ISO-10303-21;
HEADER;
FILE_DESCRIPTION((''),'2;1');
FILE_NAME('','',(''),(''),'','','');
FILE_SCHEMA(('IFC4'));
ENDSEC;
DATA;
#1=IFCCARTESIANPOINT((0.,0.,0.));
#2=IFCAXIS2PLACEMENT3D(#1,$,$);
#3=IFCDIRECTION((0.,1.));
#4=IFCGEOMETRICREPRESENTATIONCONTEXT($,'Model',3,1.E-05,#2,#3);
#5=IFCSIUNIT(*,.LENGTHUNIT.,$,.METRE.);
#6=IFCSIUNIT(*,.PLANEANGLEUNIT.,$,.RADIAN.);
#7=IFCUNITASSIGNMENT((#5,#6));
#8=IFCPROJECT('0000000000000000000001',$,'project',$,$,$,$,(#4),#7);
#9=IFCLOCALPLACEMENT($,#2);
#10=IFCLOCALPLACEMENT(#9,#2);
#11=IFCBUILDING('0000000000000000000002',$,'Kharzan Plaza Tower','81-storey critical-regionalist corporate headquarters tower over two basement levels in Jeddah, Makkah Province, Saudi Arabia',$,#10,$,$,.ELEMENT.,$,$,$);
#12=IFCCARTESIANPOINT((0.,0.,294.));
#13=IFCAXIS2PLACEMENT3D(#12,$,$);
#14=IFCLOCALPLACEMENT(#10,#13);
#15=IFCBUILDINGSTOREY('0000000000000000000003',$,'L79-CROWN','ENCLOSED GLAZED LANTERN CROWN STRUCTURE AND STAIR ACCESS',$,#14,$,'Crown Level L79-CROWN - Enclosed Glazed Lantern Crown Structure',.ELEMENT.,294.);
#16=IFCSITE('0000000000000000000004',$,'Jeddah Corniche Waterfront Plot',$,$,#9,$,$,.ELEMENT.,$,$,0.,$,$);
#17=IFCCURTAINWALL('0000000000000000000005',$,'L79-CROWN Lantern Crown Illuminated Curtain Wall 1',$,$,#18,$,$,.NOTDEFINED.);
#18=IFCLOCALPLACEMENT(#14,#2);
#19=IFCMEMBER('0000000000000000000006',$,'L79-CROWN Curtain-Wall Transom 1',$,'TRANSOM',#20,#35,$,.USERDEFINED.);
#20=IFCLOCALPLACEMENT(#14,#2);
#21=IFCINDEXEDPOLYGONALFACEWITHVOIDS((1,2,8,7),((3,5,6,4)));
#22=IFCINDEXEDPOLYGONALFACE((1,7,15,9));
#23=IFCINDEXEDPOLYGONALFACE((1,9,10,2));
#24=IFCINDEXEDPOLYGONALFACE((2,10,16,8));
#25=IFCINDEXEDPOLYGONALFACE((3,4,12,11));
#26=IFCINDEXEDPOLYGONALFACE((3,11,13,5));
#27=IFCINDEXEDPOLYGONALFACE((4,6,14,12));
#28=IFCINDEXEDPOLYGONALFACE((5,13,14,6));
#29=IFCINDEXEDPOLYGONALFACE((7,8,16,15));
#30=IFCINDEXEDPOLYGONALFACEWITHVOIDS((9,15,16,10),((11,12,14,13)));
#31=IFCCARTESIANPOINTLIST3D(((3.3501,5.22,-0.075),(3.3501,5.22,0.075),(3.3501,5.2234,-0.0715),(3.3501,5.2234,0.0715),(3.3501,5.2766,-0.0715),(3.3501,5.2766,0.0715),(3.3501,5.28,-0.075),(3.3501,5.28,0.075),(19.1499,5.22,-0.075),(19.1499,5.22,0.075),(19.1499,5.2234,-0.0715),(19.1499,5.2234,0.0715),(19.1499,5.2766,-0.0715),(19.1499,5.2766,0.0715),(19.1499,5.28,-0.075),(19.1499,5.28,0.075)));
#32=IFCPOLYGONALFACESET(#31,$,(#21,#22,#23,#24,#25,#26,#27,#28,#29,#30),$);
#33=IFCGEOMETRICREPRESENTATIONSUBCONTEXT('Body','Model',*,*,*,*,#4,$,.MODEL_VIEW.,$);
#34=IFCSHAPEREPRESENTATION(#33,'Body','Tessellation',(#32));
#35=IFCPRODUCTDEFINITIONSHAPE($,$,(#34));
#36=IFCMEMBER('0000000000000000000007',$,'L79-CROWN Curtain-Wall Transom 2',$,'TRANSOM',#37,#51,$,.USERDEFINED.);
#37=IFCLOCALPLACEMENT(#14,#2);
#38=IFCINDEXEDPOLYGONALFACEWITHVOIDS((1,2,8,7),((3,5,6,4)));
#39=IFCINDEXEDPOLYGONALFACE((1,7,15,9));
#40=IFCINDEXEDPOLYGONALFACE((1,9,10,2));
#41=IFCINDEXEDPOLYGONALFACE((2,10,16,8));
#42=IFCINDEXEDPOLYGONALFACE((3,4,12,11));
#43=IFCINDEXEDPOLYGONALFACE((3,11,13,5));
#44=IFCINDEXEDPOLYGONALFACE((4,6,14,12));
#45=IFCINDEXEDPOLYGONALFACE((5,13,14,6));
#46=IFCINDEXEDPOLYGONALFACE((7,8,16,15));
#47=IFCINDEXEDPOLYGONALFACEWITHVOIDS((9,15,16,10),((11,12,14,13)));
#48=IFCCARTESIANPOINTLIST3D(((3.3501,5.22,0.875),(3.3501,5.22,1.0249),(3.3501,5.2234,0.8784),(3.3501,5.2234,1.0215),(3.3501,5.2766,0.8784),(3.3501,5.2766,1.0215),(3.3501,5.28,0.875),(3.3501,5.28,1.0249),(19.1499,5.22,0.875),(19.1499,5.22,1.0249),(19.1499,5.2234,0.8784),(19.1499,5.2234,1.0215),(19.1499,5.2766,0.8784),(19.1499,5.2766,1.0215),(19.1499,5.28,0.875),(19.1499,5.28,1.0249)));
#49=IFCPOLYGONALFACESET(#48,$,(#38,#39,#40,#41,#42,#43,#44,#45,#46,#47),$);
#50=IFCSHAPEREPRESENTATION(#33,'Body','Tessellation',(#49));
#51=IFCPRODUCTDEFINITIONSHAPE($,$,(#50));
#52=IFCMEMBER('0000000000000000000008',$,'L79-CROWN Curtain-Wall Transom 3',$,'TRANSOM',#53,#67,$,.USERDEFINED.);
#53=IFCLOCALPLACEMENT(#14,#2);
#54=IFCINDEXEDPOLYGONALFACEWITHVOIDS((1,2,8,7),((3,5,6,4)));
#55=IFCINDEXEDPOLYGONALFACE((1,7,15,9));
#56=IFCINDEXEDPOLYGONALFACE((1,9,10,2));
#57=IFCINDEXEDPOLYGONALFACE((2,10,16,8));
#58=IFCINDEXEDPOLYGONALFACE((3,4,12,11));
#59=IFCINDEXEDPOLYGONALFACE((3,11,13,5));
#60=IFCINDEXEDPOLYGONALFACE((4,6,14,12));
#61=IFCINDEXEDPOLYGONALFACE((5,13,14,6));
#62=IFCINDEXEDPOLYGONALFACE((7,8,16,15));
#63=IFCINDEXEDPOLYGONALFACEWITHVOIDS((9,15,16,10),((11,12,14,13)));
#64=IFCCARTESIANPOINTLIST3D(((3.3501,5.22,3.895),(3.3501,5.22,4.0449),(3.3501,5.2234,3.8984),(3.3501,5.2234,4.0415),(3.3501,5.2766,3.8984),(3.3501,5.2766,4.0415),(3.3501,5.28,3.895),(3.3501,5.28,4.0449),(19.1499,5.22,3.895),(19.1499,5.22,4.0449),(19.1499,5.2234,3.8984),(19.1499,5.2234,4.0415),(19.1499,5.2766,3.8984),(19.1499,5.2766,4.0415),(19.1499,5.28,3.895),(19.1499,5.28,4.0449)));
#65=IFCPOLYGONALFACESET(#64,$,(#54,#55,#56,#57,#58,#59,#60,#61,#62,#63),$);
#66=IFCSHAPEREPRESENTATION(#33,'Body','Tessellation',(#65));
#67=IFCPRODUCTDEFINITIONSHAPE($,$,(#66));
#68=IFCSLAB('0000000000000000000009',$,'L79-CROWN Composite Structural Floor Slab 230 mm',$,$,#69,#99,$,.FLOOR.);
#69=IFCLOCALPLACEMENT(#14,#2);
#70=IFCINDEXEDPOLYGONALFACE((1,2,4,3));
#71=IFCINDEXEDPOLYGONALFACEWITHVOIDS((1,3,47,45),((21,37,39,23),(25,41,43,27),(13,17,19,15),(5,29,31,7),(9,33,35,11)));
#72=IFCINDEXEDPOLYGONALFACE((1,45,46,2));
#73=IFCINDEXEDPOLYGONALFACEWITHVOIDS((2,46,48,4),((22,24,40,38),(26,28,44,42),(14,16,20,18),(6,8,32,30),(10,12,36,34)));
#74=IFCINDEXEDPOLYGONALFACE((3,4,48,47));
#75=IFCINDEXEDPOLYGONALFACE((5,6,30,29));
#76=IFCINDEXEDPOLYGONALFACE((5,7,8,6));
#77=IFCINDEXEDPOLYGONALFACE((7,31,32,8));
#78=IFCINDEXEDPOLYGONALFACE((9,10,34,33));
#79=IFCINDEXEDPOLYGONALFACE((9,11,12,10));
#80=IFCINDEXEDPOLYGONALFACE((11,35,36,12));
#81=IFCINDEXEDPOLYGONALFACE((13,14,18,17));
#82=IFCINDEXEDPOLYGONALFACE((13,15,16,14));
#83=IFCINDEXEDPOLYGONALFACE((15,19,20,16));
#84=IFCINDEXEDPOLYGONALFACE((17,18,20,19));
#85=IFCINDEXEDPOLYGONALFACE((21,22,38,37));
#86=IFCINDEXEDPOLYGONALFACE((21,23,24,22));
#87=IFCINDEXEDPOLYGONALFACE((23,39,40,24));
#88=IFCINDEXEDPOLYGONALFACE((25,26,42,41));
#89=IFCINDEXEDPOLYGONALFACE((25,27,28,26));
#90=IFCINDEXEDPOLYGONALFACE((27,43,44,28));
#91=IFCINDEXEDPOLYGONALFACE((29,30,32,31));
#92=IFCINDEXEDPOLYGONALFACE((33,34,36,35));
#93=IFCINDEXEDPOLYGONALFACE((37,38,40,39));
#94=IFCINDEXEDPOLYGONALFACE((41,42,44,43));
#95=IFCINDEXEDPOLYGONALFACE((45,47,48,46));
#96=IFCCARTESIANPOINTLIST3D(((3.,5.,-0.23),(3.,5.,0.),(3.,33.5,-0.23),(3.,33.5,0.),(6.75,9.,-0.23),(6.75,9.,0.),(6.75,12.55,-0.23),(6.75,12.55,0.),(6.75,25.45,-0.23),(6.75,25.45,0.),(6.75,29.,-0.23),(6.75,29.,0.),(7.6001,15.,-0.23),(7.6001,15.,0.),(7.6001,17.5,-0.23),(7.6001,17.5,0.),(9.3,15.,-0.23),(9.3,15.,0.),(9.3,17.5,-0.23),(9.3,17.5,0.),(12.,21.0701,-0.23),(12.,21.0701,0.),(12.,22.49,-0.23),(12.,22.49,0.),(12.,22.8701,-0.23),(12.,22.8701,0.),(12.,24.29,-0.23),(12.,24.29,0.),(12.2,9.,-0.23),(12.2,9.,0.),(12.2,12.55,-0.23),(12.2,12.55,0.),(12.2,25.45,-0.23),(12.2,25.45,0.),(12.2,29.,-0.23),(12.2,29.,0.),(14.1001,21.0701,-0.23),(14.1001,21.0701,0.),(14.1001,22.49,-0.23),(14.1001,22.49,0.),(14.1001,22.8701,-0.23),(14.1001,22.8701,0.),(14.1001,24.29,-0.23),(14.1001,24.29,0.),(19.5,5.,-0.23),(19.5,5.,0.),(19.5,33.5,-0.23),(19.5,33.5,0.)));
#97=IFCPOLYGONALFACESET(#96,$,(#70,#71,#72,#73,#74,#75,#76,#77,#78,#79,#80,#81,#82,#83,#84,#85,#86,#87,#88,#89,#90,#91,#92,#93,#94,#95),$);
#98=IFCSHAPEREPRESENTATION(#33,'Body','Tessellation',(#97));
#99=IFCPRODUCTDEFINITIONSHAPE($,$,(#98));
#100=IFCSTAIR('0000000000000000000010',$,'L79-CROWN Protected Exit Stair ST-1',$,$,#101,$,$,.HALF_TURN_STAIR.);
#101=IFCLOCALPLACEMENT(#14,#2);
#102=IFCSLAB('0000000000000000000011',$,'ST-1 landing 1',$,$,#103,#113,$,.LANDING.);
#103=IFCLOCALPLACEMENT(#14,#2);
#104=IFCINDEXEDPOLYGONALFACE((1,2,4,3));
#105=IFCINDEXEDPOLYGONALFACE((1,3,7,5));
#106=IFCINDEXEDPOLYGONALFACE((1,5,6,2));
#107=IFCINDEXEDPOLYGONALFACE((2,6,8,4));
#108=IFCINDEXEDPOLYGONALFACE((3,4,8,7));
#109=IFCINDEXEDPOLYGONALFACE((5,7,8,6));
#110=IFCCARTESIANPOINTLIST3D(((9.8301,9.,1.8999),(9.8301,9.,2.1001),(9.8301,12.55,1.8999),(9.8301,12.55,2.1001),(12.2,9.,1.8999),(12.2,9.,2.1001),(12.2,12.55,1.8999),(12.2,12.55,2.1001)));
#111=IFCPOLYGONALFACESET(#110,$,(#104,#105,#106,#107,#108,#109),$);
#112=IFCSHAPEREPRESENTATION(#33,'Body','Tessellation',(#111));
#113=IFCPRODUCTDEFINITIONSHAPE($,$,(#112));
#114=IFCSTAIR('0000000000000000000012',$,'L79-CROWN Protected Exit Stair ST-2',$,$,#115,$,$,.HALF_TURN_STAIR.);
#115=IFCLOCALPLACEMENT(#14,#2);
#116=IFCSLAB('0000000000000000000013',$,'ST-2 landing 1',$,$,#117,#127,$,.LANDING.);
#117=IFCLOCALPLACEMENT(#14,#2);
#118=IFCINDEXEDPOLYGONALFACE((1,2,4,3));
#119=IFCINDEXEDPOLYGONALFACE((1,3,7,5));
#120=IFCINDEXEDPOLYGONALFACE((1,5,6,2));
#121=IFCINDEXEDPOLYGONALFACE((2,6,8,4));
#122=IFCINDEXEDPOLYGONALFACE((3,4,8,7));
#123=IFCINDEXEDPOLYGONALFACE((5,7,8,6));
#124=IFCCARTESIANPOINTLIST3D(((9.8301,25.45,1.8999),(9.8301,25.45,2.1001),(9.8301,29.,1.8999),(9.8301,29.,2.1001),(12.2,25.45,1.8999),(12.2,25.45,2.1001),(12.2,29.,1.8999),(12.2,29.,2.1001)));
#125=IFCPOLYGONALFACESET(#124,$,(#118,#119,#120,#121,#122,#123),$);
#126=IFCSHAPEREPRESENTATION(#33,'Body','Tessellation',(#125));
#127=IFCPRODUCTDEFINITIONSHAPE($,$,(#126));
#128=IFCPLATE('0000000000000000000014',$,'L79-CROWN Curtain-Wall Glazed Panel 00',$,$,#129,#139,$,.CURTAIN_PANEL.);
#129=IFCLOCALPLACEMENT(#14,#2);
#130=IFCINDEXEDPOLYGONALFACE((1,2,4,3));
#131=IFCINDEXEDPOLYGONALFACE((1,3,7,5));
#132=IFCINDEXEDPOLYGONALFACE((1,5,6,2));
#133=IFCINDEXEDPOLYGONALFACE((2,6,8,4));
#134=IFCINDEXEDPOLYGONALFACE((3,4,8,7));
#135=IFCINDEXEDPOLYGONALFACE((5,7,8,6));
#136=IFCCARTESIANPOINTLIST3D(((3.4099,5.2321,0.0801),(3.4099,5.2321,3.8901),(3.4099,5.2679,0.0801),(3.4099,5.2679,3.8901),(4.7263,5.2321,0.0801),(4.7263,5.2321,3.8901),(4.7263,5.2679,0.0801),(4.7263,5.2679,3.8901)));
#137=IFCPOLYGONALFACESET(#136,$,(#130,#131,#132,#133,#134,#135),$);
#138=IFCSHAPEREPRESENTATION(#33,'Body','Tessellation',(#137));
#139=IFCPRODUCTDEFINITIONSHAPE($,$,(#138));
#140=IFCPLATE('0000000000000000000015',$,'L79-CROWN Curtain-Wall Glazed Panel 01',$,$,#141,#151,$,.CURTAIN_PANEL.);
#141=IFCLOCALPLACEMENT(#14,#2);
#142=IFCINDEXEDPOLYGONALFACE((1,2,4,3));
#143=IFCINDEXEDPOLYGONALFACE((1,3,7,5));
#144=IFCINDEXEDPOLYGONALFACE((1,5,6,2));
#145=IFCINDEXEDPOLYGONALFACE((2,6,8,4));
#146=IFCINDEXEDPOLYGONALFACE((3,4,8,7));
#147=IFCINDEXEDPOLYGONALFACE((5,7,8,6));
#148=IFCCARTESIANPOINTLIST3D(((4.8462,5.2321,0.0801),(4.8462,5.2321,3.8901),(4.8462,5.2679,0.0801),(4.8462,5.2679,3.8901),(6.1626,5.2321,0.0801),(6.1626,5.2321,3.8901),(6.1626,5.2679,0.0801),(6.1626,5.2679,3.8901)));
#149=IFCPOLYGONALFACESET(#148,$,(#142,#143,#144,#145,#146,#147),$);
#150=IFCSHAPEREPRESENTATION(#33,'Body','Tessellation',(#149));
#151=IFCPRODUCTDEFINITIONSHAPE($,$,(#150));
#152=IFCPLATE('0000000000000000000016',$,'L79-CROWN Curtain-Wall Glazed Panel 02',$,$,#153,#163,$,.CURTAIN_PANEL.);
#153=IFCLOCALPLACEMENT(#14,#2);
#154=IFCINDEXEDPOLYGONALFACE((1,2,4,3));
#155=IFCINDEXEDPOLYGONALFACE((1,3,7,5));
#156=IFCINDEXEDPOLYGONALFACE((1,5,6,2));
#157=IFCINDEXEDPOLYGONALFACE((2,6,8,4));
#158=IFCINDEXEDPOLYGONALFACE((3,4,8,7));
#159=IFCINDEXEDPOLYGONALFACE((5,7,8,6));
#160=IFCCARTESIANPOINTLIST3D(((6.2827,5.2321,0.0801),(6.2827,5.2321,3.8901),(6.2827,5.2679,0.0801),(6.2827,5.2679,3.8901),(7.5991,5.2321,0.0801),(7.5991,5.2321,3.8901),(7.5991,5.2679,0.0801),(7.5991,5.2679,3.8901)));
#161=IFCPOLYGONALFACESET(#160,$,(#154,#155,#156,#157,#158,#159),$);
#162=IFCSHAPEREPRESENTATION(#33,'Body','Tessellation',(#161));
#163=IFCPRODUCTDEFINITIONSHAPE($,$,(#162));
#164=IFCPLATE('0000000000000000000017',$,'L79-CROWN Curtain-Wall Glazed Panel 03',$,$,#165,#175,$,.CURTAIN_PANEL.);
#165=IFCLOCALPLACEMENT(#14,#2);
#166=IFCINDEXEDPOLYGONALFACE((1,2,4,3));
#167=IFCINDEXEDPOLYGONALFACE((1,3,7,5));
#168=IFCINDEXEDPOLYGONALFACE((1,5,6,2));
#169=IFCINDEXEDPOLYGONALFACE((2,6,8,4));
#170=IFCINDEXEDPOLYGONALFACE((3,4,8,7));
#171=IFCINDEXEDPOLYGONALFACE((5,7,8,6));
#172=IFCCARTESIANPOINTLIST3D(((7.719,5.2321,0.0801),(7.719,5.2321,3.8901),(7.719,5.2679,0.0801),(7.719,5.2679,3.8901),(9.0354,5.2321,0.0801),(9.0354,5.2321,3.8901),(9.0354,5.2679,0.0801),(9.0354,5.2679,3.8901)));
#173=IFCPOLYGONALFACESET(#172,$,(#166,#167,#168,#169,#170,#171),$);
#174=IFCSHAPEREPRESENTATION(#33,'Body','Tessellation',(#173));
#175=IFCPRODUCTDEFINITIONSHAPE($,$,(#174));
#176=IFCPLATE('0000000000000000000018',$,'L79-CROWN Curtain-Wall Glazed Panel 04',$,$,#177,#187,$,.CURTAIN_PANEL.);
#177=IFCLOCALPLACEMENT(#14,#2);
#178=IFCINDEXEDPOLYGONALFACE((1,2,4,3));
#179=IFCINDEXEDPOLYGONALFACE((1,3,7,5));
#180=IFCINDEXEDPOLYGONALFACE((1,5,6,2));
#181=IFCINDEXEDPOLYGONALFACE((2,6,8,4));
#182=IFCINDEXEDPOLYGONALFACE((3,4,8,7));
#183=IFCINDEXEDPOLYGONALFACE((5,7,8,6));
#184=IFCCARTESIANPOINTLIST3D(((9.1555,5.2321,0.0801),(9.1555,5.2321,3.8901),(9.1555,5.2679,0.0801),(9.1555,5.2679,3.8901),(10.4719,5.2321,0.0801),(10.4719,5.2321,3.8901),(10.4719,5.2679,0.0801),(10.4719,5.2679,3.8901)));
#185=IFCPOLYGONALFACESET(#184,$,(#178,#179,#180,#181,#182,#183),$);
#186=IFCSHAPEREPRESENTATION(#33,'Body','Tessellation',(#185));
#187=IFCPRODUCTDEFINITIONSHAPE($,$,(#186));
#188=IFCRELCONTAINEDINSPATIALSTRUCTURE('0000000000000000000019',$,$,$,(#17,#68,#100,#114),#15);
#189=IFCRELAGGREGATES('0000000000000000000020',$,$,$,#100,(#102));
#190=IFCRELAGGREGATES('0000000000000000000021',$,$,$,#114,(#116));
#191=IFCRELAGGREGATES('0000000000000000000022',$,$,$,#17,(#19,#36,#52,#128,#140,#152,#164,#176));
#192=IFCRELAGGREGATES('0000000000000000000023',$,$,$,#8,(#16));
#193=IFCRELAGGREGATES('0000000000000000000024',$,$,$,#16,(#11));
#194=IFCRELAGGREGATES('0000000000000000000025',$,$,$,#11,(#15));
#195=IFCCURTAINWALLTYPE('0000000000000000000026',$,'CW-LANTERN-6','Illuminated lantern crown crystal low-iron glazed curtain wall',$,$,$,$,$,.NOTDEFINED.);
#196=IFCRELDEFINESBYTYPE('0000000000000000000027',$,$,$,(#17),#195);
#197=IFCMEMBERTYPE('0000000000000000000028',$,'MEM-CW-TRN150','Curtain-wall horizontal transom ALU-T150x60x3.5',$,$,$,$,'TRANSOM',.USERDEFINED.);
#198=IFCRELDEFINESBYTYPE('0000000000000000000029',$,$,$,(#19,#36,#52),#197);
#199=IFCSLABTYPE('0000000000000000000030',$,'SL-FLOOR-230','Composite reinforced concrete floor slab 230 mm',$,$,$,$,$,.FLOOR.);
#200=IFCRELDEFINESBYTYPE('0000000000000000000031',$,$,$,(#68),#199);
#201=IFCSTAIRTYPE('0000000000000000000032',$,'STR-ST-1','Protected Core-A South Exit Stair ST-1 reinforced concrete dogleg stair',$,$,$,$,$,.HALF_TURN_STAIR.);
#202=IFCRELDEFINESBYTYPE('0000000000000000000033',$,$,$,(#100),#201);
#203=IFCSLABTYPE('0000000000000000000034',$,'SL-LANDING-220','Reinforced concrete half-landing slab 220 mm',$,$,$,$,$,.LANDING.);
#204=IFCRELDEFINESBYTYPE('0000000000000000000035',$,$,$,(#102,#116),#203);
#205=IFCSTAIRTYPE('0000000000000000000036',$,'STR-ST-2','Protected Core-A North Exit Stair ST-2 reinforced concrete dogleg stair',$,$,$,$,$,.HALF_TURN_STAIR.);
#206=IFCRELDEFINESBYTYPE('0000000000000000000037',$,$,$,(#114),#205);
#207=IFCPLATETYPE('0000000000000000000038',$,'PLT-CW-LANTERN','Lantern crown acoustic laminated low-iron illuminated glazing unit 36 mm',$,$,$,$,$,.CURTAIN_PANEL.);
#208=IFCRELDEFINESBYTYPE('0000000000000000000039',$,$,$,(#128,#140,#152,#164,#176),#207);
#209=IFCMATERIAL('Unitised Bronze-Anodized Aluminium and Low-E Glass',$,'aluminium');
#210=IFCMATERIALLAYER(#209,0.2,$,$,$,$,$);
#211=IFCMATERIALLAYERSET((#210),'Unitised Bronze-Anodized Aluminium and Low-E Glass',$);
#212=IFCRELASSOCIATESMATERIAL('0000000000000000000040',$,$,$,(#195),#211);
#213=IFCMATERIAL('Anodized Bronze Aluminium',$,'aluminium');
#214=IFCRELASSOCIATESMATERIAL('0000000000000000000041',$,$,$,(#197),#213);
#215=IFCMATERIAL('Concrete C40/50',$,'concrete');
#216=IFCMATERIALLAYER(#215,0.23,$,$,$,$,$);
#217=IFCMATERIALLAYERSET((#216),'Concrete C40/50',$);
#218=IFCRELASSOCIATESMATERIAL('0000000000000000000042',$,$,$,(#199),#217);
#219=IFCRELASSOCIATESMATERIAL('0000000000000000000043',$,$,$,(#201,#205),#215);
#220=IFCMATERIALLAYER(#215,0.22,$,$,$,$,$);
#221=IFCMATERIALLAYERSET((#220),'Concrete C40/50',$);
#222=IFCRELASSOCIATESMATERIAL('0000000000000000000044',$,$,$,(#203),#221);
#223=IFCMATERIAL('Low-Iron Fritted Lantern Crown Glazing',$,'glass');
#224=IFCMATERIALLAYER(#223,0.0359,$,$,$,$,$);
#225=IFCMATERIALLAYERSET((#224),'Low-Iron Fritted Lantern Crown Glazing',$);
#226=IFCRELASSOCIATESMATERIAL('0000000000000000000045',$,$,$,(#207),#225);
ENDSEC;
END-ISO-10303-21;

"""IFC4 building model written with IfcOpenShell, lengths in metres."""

from ifc_helpers import new_model, si_unit, direction, frame, origin, origin_2d, place, context, subcontext, project, spatial, polyline, rectangle, hollow_rectangle, outline, extrude, source, transform, mapped, material, layer, layer_set, material_profile, profile_set, type_object, element, aggregate, save


model = new_model("IFC4")

# Units and contexts
model_context = context("Model", 3, precision=1e-05, world=origin(), true_north=direction((0.0, 1.0)))
body_context = subcontext(model_context, "Body", "Model", "MODEL_VIEW")
ifc_project = project(units=[si_unit("LENGTHUNIT", "METRE"), si_unit("PLANEANGLEUNIT", "RADIAN")], contexts=[model_context])

# Site, building, storey
site_placement = place(None, origin())
site = spatial("IfcSite", under=ifc_project, at=site_placement, Name="Jeddah Corniche Waterfront Plot", CompositionType="ELEMENT", RefElevation=0.0)
building_placement = place(site_placement, origin())
building = spatial("IfcBuilding", under=site, at=building_placement, Name="Kharzan Plaza Tower", Description="81-storey critical-regionalist corporate headquarters tower over two basement levels in Jeddah, Makkah Province, Saudi Arabia", CompositionType="ELEMENT")
storey_placement = place(building_placement, frame((0.0, 0.0, 294.0)))
storey = spatial("IfcBuildingStorey", under=building, at=storey_placement, Name="L79-CROWN", Description="ENCLOSED GLAZED LANTERN CROWN STRUCTURE AND STAIR ACCESS", LongName="Crown Level L79-CROWN - Enclosed Glazed Lantern Crown Structure", CompositionType="ELEMENT", Elevation=294.0)

# Curtain wall
ifc_material_1 = material(Name="Unitised Bronze-Anodized Aluminium and Low-E Glass", Category="aluminium")
ifc_layer_1 = layer(ifc_material_1, 0.2)
ifc_layer_set_1 = layer_set([ifc_layer_1], Name="Unitised Bronze-Anodized Aluminium and Low-E Glass")
curtain_wall_type = type_object("IfcCurtainWallType", Name="CW-LANTERN-6", Description="Illuminated lantern crown crystal low-iron glazed curtain wall", PredefinedType="NOTDEFINED", material=ifc_layer_set_1)
curtain_wall_1_placement = place(storey_placement, origin())
curtain_wall_1 = element("IfcCurtainWall", 1, at=curtain_wall_1_placement, inside=storey, type_object=curtain_wall_type, Name="L79-CROWN Lantern Crown Illuminated Curtain Wall 1", PredefinedType="NOTDEFINED")
ifc_material_2 = material(Name="Anodized Bronze Aluminium", Category="aluminium")

# Members
ifc_material_profile_1 = material_profile(ifc_material_2, hollow_rectangle(XDim=0.0601, YDim=0.1499, WallThickness=0.0034, at=origin_2d()), Name="ALU-T150x60x3.5")
ifc_profile_set_1 = profile_set([ifc_material_profile_1], Name="Anodized Bronze Aluminium")
member_type_1 = type_object("IfcMemberType", Name="MEM-CW-TRN150", Description="Curtain-wall horizontal transom ALU-T150x60x3.5", ElementType="TRANSOM", PredefinedType="USERDEFINED", material=ifc_profile_set_1)
shared_shape_1 = source(origin(), body_context, "Body", "SweptSolid", [
    extrude(hollow_rectangle(XDim=0.0601, YDim=0.1499, WallThickness=0.0034, at=origin_2d()), origin(), (0.0, 0.0, 1.0), 15.7998),
])
member_1_placement = place(storey_placement, frame((3.3501, 5.25, 0.0), z_axis=(1.0, 0.0, 0.0), x_axis=(0.0, 1.0, 0.0)))
member_1 = element("IfcMember", 2, at=member_1_placement, type_object=member_type_1, Name="L79-CROWN Curtain-Wall Transom 1", ObjectType="TRANSOM", PredefinedType="USERDEFINED", context=body_context, shape_type="MappedRepresentation", body=[
    mapped(shared_shape_1, transform((0.0, 0.0, 0.0), x_axis=(1.0, 0.0, 0.0), y_axis=(0.0, 1.0, 0.0), z_axis=(0.0, 0.0, 1.0))),
])
member_2_placement = place(storey_placement, frame((3.3501, 5.25, 0.95), z_axis=(1.0, 0.0, 0.0), x_axis=(0.0, 1.0, 0.0)))
member_2 = element("IfcMember", 3, at=member_2_placement, type_object=member_type_1, Name="L79-CROWN Curtain-Wall Transom 2", ObjectType="TRANSOM", PredefinedType="USERDEFINED", context=body_context, shape_type="MappedRepresentation", body=[
    mapped(shared_shape_1, transform((0.0, 0.0, 0.0), x_axis=(1.0, 0.0, 0.0), y_axis=(0.0, 1.0, 0.0), z_axis=(0.0, 0.0, 1.0))),
])
member_3_placement = place(storey_placement, frame((3.3501, 5.25, 3.97), z_axis=(1.0, 0.0, 0.0), x_axis=(0.0, 1.0, 0.0)))
member_3 = element("IfcMember", 4, at=member_3_placement, type_object=member_type_1, Name="L79-CROWN Curtain-Wall Transom 3", ObjectType="TRANSOM", PredefinedType="USERDEFINED", context=body_context, shape_type="MappedRepresentation", body=[
    mapped(shared_shape_1, transform((0.0, 0.0, 0.0), x_axis=(1.0, 0.0, 0.0), y_axis=(0.0, 1.0, 0.0), z_axis=(0.0, 0.0, 1.0))),
])

# Slab
ifc_material_3 = material(Name="Concrete C40/50", Category="concrete")
ifc_layer_2 = layer(ifc_material_3, 0.23)
ifc_layer_set_2 = layer_set([ifc_layer_2], Name="Concrete C40/50")
slab_type_1 = type_object("IfcSlabType", Name="SL-FLOOR-230", Description="Composite reinforced concrete floor slab 230 mm", PredefinedType="FLOOR", material=ifc_layer_set_2)
slab_1_placement = place(storey_placement, frame((0.0, 0.0, -0.23)))
element("IfcSlab", 5, at=slab_1_placement, inside=storey, type_object=slab_type_1, Name="L79-CROWN Composite Structural Floor Slab 230 mm", PredefinedType="FLOOR", context=body_context, shape_type="SweptSolid", body=[
    extrude(outline(polyline([(3.0, 5.0), (19.5, 5.0), (19.5, 33.5), (3.0, 33.5), (3.0, 5.0)]), holes=[polyline([(6.75, 12.55), (6.75, 9.0), (12.2, 9.0), (12.2, 12.55), (6.75, 12.55)]), polyline([(7.6001, 17.5), (7.6001, 15.0), (9.3, 15.0), (9.3, 17.5), (7.6001, 17.5)]), polyline([(12.0, 22.49), (12.0, 21.0701), (14.1001, 21.0701), (14.1001, 22.49), (12.0, 22.49)]), polyline([(14.1001, 24.29), (12.0, 24.29), (12.0, 22.8701), (14.1001, 22.8701), (14.1001, 24.29)]), polyline([(12.2, 29.0), (6.75, 29.0), (6.75, 25.45), (12.2, 25.45), (12.2, 29.0)])]), origin(), (0.0, 0.0, 1.0), 0.23),
])

# Stairs, slabs
stair_type_1 = type_object("IfcStairType", Name="STR-ST-1", Description="Protected Core-A South Exit Stair ST-1 reinforced concrete dogleg stair", PredefinedType="HALF_TURN_STAIR", material=ifc_material_3)
stair_1_placement = place(storey_placement, origin())
stair_1 = element("IfcStair", 6, at=stair_1_placement, inside=storey, type_object=stair_type_1, Name="L79-CROWN Protected Exit Stair ST-1", PredefinedType="HALF_TURN_STAIR")
ifc_layer_3 = layer(ifc_material_3, 0.22)
ifc_layer_set_3 = layer_set([ifc_layer_3], Name="Concrete C40/50")
slab_type_2 = type_object("IfcSlabType", Name="SL-LANDING-220", Description="Reinforced concrete half-landing slab 220 mm", PredefinedType="LANDING", material=ifc_layer_set_3)
slab_2_placement = place(storey_placement, frame((0.0, 0.0, 1.8999)))
slab_2 = element("IfcSlab", 7, at=slab_2_placement, type_object=slab_type_2, Name="ST-1 landing 1", PredefinedType="LANDING", context=body_context, shape_type="SweptSolid", body=[
    extrude(outline(polyline([(9.8301, 9.0), (12.2, 9.0), (12.2, 12.55), (9.8301, 12.55), (9.8301, 9.0)])), origin(), (0.0, 0.0, 1.0), 0.2002),
])
aggregate(stair_1, [slab_2])
stair_type_2 = type_object("IfcStairType", Name="STR-ST-2", Description="Protected Core-A North Exit Stair ST-2 reinforced concrete dogleg stair", PredefinedType="HALF_TURN_STAIR", material=ifc_material_3)
stair_2_placement = place(storey_placement, origin())
stair_2 = element("IfcStair", 8, at=stair_2_placement, inside=storey, type_object=stair_type_2, Name="L79-CROWN Protected Exit Stair ST-2", PredefinedType="HALF_TURN_STAIR")
slab_3_placement = place(storey_placement, frame((0.0, 0.0, 1.8999)))
slab_3 = element("IfcSlab", 9, at=slab_3_placement, type_object=slab_type_2, Name="ST-2 landing 1", PredefinedType="LANDING", context=body_context, shape_type="SweptSolid", body=[
    extrude(outline(polyline([(9.8301, 25.45), (12.2, 25.45), (12.2, 29.0), (9.8301, 29.0), (9.8301, 25.45)])), origin(), (0.0, 0.0, 1.0), 0.2002),
])
aggregate(stair_2, [slab_3])

# Plates
ifc_material_4 = material(Name="Low-Iron Fritted Lantern Crown Glazing", Category="glass")
ifc_layer_4 = layer(ifc_material_4, 0.0359)
ifc_layer_set_4 = layer_set([ifc_layer_4], Name="Low-Iron Fritted Lantern Crown Glazing")
plate_type = type_object("IfcPlateType", Name="PLT-CW-LANTERN", Description="Lantern crown acoustic laminated low-iron illuminated glazing unit 36 mm", PredefinedType="CURTAIN_PANEL", material=ifc_layer_set_4)
shared_shape_2 = source(origin(), body_context, "Body", "SweptSolid", [
    extrude(rectangle(XDim=1.3164, YDim=0.0359, at=origin_2d()), origin(), (0.0, 0.0, 1.0), 3.8101),
])
plate_1_placement = place(storey_placement, frame((4.0681, 5.25, 0.0801), z_axis=(0.0, 0.0, 1.0), x_axis=(1.0, 0.0, 0.0)))
plate_1 = element("IfcPlate", 10, at=plate_1_placement, type_object=plate_type, Name="L79-CROWN Curtain-Wall Glazed Panel 00", PredefinedType="CURTAIN_PANEL", context=body_context, shape_type="MappedRepresentation", body=[
    mapped(shared_shape_2, transform((0.0, 0.0, 0.0), x_axis=(1.0, 0.0, 0.0), y_axis=(0.0, 1.0, 0.0), z_axis=(0.0, 0.0, 1.0))),
])
plate_2_placement = place(storey_placement, frame((5.5044, 5.25, 0.0801), z_axis=(0.0, 0.0, 1.0), x_axis=(1.0, 0.0, 0.0)))
plate_2 = element("IfcPlate", 11, at=plate_2_placement, type_object=plate_type, Name="L79-CROWN Curtain-Wall Glazed Panel 01", PredefinedType="CURTAIN_PANEL", context=body_context, shape_type="MappedRepresentation", body=[
    mapped(shared_shape_2, transform((0.0, 0.0, 0.0), x_axis=(1.0, 0.0, 0.0), y_axis=(0.0, 1.0, 0.0), z_axis=(0.0, 0.0, 1.0))),
])
plate_3_placement = place(storey_placement, frame((6.9409, 5.25, 0.0801), z_axis=(0.0, 0.0, 1.0), x_axis=(1.0, 0.0, 0.0)))
plate_3 = element("IfcPlate", 12, at=plate_3_placement, type_object=plate_type, Name="L79-CROWN Curtain-Wall Glazed Panel 02", PredefinedType="CURTAIN_PANEL", context=body_context, shape_type="MappedRepresentation", body=[
    mapped(shared_shape_2, transform((0.0, 0.0, 0.0), x_axis=(1.0, 0.0, 0.0), y_axis=(0.0, 1.0, 0.0), z_axis=(0.0, 0.0, 1.0))),
])
plate_4_placement = place(storey_placement, frame((8.3772, 5.25, 0.0801), z_axis=(0.0, 0.0, 1.0), x_axis=(1.0, 0.0, 0.0)))
plate_4 = element("IfcPlate", 13, at=plate_4_placement, type_object=plate_type, Name="L79-CROWN Curtain-Wall Glazed Panel 03", PredefinedType="CURTAIN_PANEL", context=body_context, shape_type="MappedRepresentation", body=[
    mapped(shared_shape_2, transform((0.0, 0.0, 0.0), x_axis=(1.0, 0.0, 0.0), y_axis=(0.0, 1.0, 0.0), z_axis=(0.0, 0.0, 1.0))),
])
plate_5_placement = place(storey_placement, frame((9.8137, 5.25, 0.0801), z_axis=(0.0, 0.0, 1.0), x_axis=(1.0, 0.0, 0.0)))
plate_5 = element("IfcPlate", 14, at=plate_5_placement, type_object=plate_type, Name="L79-CROWN Curtain-Wall Glazed Panel 04", PredefinedType="CURTAIN_PANEL", context=body_context, shape_type="MappedRepresentation", body=[
    mapped(shared_shape_2, transform((0.0, 0.0, 0.0), x_axis=(1.0, 0.0, 0.0), y_axis=(0.0, 1.0, 0.0), z_axis=(0.0, 0.0, 1.0))),
])
aggregate(curtain_wall_1, [member_1, member_2, member_3, plate_1, plate_2, plate_3, plate_4, plate_5])

save(model, "model.ifc")
